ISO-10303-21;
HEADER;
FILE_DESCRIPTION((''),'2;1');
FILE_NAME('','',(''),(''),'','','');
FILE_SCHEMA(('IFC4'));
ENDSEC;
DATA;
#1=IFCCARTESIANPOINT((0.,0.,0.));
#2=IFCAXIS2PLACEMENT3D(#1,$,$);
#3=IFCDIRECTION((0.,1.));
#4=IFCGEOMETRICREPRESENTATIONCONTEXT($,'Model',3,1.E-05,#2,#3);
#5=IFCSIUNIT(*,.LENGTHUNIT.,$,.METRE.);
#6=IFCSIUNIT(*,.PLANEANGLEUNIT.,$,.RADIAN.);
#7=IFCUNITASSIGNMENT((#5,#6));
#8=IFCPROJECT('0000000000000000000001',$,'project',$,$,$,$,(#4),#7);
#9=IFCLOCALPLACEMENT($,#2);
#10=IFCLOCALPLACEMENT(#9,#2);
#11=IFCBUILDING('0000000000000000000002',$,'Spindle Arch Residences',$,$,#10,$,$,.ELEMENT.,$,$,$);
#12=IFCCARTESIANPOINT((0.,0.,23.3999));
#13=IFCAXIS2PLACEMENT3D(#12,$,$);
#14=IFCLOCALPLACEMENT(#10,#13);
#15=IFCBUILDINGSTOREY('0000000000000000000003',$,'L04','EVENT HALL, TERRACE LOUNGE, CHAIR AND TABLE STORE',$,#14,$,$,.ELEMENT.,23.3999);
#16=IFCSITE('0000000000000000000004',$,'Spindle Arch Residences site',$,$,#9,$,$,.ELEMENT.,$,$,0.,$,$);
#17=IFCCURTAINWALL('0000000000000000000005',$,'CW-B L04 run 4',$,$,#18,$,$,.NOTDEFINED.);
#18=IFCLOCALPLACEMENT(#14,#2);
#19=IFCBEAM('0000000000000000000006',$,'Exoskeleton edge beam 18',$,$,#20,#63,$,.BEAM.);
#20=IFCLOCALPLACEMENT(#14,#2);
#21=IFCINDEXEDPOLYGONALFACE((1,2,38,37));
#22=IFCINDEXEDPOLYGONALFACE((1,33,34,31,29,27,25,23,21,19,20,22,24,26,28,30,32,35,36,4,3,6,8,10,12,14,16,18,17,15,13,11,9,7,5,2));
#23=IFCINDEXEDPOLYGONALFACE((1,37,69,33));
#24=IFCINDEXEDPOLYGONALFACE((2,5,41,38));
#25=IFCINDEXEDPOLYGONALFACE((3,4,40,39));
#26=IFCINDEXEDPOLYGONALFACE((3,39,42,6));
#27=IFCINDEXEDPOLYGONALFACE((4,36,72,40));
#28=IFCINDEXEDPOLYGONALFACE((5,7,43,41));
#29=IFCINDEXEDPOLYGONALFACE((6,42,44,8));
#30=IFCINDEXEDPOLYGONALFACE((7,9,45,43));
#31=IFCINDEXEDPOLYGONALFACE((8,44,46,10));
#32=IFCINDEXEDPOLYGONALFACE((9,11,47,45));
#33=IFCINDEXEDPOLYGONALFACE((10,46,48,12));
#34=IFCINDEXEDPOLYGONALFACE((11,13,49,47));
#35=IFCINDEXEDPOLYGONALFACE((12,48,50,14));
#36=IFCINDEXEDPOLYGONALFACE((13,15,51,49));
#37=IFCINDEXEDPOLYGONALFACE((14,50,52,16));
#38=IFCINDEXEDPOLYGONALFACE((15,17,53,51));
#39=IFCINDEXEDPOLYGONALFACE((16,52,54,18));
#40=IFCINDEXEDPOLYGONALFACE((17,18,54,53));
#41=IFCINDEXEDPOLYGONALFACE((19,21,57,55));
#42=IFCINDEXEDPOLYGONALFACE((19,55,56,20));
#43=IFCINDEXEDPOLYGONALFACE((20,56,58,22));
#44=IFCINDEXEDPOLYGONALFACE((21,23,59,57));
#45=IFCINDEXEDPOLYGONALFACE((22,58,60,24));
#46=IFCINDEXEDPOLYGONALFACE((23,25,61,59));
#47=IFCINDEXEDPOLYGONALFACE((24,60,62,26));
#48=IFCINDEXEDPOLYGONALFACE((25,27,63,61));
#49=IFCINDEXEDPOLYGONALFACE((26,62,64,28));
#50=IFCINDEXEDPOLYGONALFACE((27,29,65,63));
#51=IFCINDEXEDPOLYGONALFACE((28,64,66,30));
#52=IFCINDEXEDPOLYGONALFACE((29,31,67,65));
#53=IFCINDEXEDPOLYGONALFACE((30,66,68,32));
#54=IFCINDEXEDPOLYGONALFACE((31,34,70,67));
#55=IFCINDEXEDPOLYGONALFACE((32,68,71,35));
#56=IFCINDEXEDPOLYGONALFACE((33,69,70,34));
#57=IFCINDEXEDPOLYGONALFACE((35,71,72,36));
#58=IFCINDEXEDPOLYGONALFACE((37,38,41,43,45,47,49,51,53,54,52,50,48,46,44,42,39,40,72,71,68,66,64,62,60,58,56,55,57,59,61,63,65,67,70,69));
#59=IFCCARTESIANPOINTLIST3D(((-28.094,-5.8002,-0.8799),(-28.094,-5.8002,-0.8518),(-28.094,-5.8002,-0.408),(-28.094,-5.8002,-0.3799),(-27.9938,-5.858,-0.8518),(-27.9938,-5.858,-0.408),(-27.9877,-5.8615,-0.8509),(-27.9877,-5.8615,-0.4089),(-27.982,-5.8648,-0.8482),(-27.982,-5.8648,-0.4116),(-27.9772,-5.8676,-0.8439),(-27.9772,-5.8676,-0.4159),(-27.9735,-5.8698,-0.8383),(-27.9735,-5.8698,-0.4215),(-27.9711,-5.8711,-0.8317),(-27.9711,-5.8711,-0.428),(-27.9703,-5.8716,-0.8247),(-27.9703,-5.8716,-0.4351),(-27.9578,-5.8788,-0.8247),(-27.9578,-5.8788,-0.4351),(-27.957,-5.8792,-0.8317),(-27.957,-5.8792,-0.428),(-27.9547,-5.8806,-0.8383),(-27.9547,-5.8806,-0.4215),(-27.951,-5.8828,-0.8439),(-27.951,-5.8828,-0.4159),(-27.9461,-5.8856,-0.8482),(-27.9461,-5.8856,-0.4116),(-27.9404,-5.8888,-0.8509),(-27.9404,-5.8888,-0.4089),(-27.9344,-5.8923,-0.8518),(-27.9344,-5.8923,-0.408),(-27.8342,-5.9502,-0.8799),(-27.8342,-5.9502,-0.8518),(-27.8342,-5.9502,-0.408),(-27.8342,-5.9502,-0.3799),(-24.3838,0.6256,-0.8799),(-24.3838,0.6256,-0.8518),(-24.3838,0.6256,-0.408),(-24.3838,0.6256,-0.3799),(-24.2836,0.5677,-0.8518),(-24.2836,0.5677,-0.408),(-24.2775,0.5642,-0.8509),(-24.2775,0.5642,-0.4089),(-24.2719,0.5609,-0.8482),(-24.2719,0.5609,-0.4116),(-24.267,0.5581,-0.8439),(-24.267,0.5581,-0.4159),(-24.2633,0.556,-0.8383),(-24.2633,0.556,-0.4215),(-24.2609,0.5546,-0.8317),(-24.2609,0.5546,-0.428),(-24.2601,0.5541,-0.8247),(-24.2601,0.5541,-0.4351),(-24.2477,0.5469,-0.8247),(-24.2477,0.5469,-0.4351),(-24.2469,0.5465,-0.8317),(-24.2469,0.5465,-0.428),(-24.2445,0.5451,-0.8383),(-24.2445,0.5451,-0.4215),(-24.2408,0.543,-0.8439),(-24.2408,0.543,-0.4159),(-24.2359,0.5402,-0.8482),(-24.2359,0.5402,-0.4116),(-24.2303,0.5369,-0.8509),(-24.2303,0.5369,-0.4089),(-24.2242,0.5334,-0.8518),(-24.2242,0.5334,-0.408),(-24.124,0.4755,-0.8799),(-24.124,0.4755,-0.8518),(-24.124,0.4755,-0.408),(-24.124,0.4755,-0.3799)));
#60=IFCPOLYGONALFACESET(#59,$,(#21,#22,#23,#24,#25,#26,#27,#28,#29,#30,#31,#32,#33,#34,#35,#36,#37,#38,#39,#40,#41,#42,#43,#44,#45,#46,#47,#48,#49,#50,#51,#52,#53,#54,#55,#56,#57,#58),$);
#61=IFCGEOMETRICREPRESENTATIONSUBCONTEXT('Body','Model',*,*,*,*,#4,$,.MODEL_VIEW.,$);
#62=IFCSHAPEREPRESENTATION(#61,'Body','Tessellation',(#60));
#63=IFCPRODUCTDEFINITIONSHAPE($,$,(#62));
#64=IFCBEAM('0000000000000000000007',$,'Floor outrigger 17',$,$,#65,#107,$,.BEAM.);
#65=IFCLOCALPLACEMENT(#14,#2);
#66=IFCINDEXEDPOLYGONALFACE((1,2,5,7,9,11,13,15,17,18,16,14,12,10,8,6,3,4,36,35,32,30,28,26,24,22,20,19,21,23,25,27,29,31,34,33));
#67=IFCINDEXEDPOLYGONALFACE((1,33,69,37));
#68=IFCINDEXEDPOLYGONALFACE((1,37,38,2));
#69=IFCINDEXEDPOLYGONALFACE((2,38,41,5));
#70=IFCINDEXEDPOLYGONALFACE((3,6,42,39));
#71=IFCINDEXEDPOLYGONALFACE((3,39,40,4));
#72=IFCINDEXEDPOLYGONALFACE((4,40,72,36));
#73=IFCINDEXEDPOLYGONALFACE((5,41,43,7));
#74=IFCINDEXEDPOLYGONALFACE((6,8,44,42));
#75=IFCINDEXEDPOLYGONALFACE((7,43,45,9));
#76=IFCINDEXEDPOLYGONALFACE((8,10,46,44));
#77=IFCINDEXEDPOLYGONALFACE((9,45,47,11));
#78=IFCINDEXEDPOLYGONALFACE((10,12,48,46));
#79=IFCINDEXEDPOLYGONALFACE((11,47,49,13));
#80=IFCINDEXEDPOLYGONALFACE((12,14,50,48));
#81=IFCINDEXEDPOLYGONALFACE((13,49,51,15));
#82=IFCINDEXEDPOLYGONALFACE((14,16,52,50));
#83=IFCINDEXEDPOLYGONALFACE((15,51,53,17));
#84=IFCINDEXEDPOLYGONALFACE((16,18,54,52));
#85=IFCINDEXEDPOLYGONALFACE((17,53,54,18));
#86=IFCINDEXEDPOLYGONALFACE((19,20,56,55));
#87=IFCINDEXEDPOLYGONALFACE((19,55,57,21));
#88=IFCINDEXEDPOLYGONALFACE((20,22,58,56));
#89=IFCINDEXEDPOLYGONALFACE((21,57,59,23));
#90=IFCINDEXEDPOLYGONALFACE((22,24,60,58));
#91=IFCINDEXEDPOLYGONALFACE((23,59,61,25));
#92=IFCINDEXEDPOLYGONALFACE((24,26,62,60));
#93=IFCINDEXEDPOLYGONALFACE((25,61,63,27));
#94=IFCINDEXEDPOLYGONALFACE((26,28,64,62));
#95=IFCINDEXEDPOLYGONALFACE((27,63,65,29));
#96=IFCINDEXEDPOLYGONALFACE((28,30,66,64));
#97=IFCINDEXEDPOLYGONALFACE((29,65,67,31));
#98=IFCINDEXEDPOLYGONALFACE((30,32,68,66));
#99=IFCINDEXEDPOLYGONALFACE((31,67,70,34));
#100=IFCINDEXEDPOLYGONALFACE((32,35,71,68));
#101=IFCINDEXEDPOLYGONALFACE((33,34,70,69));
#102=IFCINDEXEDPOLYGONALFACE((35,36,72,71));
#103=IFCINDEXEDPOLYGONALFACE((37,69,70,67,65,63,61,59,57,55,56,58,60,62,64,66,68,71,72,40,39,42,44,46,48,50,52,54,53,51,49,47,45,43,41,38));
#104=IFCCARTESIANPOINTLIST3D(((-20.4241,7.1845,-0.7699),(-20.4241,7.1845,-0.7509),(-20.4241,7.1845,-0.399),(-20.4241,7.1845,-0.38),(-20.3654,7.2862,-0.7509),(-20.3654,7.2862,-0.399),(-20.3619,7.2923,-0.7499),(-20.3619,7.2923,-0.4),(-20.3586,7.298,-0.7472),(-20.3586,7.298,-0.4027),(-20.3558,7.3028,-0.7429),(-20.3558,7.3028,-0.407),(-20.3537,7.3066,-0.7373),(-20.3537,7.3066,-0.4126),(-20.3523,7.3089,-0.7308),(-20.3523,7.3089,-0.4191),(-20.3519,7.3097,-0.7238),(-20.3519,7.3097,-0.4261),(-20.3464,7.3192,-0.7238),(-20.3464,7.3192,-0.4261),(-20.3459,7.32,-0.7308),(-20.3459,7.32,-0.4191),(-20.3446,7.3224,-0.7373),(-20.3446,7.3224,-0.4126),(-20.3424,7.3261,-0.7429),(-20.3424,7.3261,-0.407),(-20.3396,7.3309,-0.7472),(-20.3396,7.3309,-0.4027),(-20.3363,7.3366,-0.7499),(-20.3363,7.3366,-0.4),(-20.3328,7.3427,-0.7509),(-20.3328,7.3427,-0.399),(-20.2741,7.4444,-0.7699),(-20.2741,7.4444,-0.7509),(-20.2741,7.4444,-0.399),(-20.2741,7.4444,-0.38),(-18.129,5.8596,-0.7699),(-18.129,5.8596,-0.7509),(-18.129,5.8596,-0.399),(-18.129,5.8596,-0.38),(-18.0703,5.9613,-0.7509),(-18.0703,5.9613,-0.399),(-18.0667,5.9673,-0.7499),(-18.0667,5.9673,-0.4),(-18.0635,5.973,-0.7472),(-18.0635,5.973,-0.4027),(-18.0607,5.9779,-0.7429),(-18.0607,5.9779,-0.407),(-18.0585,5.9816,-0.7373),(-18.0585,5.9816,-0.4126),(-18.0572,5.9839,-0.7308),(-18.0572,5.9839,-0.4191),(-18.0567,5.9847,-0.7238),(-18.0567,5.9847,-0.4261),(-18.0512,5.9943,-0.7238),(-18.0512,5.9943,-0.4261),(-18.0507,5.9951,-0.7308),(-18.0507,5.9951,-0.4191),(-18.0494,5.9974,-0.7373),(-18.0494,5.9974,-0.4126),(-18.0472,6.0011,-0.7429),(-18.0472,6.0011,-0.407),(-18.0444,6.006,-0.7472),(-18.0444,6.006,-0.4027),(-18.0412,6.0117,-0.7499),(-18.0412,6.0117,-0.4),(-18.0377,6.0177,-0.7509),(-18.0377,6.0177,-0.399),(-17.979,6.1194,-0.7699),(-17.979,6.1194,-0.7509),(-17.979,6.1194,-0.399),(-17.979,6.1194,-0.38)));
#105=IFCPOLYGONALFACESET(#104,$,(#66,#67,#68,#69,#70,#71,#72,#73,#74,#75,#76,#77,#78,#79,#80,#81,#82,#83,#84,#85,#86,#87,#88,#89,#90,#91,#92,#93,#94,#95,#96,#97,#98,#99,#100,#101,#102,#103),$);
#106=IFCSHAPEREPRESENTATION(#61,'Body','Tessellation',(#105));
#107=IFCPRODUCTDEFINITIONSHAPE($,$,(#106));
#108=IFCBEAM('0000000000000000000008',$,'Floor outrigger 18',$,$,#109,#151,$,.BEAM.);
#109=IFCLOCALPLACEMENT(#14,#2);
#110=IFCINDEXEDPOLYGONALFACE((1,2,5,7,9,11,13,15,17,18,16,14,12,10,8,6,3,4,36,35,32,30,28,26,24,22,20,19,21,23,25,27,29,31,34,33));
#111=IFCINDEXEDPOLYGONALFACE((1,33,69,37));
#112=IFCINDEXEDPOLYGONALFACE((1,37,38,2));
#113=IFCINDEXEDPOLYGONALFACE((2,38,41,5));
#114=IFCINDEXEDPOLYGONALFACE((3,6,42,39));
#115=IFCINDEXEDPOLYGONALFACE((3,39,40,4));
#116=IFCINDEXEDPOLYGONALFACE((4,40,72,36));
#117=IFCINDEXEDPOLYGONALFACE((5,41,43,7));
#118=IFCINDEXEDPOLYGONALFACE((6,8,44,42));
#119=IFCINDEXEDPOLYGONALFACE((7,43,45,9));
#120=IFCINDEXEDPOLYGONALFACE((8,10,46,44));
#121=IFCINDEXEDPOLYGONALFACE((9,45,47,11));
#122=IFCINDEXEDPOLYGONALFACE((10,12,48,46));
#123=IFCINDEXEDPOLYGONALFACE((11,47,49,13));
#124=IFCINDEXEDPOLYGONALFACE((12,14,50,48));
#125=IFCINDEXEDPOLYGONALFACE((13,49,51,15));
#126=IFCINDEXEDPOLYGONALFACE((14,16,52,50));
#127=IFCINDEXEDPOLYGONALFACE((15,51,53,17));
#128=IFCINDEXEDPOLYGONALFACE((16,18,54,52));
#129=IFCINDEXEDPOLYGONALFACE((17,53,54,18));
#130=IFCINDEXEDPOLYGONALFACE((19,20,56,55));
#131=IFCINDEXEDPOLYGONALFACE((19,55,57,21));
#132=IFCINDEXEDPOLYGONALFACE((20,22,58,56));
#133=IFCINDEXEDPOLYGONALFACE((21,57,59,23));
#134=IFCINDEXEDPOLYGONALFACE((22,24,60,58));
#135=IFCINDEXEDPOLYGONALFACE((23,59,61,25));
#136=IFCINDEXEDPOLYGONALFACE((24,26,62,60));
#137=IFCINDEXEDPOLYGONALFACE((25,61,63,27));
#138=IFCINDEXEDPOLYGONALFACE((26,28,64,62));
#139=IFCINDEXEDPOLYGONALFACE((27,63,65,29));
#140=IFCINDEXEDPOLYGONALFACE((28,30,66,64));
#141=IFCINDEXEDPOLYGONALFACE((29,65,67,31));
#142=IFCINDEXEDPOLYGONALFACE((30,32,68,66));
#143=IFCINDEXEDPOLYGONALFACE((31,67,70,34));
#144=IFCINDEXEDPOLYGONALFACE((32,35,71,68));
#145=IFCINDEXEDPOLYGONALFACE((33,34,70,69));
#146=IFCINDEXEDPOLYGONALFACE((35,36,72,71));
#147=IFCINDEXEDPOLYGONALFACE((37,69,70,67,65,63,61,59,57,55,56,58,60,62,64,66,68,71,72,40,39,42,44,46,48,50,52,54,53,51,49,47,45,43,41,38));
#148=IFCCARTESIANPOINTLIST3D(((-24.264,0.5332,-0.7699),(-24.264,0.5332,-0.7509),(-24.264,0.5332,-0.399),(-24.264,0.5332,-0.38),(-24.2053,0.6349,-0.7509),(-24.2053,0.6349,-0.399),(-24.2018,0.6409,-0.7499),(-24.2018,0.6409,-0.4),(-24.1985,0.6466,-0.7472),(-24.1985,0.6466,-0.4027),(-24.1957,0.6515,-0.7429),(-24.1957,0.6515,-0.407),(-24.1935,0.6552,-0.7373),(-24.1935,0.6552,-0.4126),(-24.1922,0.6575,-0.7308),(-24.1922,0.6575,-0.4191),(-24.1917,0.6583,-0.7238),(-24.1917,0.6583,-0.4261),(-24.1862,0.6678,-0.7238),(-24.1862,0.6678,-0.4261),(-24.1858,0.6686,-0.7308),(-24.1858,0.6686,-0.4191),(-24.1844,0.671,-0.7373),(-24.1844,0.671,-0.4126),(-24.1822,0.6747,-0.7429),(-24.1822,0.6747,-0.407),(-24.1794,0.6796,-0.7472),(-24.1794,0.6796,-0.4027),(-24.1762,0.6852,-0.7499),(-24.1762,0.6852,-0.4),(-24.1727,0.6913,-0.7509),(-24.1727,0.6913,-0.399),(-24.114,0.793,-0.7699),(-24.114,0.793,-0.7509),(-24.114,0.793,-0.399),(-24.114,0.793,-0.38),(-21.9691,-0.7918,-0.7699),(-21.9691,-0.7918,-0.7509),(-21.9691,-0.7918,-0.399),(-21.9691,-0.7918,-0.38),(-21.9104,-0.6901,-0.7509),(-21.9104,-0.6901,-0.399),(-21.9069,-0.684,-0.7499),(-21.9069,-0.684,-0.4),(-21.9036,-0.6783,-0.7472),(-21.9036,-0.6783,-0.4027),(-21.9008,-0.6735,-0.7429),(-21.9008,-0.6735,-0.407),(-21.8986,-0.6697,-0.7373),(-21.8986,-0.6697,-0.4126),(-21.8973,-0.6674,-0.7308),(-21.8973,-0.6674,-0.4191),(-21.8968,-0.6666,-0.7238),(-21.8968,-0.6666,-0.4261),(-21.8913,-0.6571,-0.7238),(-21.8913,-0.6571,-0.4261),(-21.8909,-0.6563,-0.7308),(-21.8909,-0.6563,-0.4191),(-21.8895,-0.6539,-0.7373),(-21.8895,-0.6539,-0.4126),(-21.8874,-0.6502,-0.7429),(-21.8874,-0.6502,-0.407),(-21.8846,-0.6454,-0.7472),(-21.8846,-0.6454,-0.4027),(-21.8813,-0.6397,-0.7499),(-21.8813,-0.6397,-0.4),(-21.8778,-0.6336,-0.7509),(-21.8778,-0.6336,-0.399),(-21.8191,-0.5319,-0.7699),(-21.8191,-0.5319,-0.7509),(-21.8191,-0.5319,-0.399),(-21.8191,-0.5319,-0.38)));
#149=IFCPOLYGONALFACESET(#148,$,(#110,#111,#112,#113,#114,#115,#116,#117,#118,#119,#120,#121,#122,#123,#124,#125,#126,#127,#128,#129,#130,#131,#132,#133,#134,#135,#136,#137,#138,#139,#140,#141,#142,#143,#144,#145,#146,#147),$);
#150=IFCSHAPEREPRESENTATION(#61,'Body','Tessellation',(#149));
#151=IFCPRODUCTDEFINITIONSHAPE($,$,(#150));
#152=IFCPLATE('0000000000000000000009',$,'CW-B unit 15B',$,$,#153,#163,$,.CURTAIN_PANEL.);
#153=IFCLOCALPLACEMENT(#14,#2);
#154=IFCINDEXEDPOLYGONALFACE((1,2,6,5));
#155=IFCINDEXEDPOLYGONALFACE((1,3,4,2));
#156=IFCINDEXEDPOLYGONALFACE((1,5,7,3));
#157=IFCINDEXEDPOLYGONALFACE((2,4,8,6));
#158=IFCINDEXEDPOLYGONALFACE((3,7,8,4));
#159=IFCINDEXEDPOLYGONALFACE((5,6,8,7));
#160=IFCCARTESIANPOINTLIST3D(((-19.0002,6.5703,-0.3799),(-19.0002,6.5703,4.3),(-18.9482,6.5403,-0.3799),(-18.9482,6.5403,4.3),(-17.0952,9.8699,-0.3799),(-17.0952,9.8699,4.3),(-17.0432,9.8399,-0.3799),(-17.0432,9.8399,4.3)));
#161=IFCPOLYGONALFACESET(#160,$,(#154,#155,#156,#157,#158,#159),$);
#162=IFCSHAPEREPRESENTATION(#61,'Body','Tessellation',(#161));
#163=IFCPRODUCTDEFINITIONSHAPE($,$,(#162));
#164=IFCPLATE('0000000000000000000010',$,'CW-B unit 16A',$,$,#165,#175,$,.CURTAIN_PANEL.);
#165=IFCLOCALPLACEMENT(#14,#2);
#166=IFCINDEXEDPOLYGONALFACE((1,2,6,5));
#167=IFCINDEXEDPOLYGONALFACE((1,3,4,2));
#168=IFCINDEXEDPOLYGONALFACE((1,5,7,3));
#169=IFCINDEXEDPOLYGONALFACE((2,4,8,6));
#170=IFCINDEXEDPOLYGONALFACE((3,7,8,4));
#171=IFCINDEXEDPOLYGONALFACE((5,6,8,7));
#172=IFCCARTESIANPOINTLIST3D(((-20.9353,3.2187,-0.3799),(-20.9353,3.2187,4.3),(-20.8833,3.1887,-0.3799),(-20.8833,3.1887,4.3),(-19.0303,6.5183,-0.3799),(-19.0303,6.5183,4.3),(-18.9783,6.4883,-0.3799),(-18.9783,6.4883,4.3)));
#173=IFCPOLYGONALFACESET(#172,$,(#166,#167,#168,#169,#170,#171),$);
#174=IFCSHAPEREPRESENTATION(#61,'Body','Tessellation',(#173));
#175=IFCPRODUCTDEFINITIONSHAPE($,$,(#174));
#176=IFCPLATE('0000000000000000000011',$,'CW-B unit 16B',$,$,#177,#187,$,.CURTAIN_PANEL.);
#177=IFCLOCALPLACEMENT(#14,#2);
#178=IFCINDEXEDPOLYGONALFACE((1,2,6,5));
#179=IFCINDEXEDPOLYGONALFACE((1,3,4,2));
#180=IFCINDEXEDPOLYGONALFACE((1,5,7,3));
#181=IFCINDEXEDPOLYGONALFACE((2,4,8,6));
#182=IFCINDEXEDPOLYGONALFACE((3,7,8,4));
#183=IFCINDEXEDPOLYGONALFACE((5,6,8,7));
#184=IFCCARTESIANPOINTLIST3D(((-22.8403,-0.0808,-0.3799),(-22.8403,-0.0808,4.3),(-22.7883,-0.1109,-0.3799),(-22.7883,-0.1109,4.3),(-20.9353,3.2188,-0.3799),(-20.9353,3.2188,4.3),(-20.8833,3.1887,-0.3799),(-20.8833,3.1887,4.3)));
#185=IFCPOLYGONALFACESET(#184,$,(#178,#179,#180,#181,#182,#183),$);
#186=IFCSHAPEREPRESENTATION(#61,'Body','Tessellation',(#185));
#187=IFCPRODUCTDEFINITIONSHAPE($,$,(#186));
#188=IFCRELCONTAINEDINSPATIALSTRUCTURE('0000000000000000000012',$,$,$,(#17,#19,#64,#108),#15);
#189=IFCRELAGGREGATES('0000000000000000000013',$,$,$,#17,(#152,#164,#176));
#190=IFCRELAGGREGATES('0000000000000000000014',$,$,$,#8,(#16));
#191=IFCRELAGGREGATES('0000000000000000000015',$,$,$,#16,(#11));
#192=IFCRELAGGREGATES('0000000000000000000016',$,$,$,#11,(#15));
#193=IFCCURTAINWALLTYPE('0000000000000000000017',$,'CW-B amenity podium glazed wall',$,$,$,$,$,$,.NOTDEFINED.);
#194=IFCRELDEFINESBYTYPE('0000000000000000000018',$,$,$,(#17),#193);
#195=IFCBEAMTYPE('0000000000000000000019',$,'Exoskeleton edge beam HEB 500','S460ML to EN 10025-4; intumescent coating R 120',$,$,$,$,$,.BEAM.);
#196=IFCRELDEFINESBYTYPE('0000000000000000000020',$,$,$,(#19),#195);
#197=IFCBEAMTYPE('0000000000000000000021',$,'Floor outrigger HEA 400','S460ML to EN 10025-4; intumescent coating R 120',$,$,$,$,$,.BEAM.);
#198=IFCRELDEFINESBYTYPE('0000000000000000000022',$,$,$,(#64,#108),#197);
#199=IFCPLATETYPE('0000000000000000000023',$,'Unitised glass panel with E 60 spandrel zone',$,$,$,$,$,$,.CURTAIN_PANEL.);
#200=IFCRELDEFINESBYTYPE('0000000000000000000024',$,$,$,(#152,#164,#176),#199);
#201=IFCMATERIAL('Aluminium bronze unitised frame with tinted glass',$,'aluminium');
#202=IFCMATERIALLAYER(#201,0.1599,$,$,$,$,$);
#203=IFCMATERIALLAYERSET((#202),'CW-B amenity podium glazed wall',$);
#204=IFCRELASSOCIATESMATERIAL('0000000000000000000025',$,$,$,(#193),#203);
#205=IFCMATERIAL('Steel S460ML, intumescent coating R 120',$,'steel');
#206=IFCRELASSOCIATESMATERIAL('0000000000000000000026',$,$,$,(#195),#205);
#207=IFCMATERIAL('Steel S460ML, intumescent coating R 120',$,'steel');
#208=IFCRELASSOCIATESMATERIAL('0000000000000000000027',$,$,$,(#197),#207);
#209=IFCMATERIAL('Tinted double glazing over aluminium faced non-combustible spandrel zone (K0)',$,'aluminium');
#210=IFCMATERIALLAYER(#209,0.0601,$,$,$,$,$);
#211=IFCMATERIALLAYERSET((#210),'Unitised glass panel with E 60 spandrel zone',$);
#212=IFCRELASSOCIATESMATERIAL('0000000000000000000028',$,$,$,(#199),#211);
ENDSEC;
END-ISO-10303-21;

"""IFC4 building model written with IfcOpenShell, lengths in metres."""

from ifc_helpers import new_model, si_unit, direction, frame, origin, origin_2d, place, context, subcontext, project, spatial, rectangle, i_section, extrude, material, layer, layer_set, material_profile, profile_set, type_object, element, aggregate, save


model = new_model("IFC4")

# Units and contexts
model_context = context("Model", 3, precision=1e-05, world=origin(), true_north=direction((0.0, 1.0)))
body_context = subcontext(model_context, "Body", "Model", "MODEL_VIEW")
ifc_project = project(units=[si_unit("LENGTHUNIT", "METRE"), si_unit("PLANEANGLEUNIT", "RADIAN")], contexts=[model_context])

# Site, building, storey
site_placement = place(None, origin())
site = spatial("IfcSite", under=ifc_project, at=site_placement, Name="Spindle Arch Residences site", CompositionType="ELEMENT", RefElevation=0.0)
building_placement = place(site_placement, origin())
building = spatial("IfcBuilding", under=site, at=building_placement, Name="Spindle Arch Residences", CompositionType="ELEMENT")
storey_placement = place(building_placement, frame((0.0, 0.0, 23.3999)))
storey = spatial("IfcBuildingStorey", under=building, at=storey_placement, Name="L04", Description="EVENT HALL, TERRACE LOUNGE, CHAIR AND TABLE STORE", CompositionType="ELEMENT", Elevation=23.3999)

# Curtain wall
ifc_material_1 = material(Name="Aluminium bronze unitised frame with tinted glass", Category="aluminium")
ifc_layer_1 = layer(ifc_material_1, 0.1599)
ifc_layer_set_1 = layer_set([ifc_layer_1], Name="CW-B amenity podium glazed wall")
curtain_wall_type = type_object("IfcCurtainWallType", Name="CW-B amenity podium glazed wall", PredefinedType="NOTDEFINED", material=ifc_layer_set_1)
curtain_wall_placement = place(storey_placement, origin())
curtain_wall = element("IfcCurtainWall", 1, at=curtain_wall_placement, inside=storey, type_object=curtain_wall_type, Name="CW-B L04 run 4", PredefinedType="NOTDEFINED")

# Beams
ifc_material_2 = material(Name="Steel S460ML, intumescent coating R 120", Category="steel")
ifc_material_profile_1 = material_profile(ifc_material_2, i_section(OverallWidth=0.3, OverallDepth=0.5, WebThickness=0.0144, FlangeThickness=0.0281, FilletRadius=0.0271, at=origin_2d()), Name="HEB 500")
ifc_profile_set_1 = profile_set([ifc_material_profile_1], Name="Steel S460ML, intumescent coating R 120")
beam_type_1 = type_object("IfcBeamType", Name="Exoskeleton edge beam HEB 500", Description="S460ML to EN 10025-4; intumescent coating R 120", PredefinedType="BEAM", material=ifc_profile_set_1)
beam_1_placement = place(storey_placement, frame((-24.2539, 0.5505, -0.6299), z_axis=(-0.500028, -0.866009, 0.0), x_axis=(0.866009, -0.500028, 0.0)))
element("IfcBeam", 2, at=beam_1_placement, inside=storey, type_object=beam_type_1, Name="Exoskeleton edge beam 18", PredefinedType="BEAM", context=body_context, shape_type="SweptSolid", body=[
    extrude(i_section(OverallWidth=0.3, OverallDepth=0.5, WebThickness=0.0144, FlangeThickness=0.0281, FilletRadius=0.0271, at=origin_2d()), origin(), (0.0, 0.0, 1.0), 7.4199),
])
ifc_material_3 = material(Name="Steel S460ML, intumescent coating R 120", Category="steel")
ifc_material_profile_2 = material_profile(ifc_material_3, i_section(OverallWidth=0.3, OverallDepth=0.3899, WebThickness=0.011, FlangeThickness=0.019, FilletRadius=0.0271, at=origin_2d()), Name="HEA 400")
ifc_profile_set_2 = profile_set([ifc_material_profile_2], Name="Steel S460ML, intumescent coating R 120")
beam_type_2 = type_object("IfcBeamType", Name="Floor outrigger HEA 400", Description="S460ML to EN 10025-4; intumescent coating R 120", PredefinedType="BEAM", material=ifc_profile_set_2)
beam_2_placement = place(storey_placement, frame((-20.3491, 7.3145, -0.575), z_axis=(0.866052, -0.499954, 0.0), x_axis=(0.499954, 0.866052, 0.0)))
element("IfcBeam", 3, at=beam_2_placement, inside=storey, type_object=beam_type_2, Name="Floor outrigger 17", PredefinedType="BEAM", context=body_context, shape_type="SweptSolid", body=[
    extrude(i_section(OverallWidth=0.3, OverallDepth=0.3899, WebThickness=0.011, FlangeThickness=0.019, FilletRadius=0.0271, at=origin_2d()), origin(), (0.0, 0.0, 1.0), 2.6501),
])
beam_3_placement = place(storey_placement, frame((-24.189, 0.6631, -0.575), z_axis=(0.866029, -0.499994, 0.0), x_axis=(0.499994, 0.866029, 0.0)))
element("IfcBeam", 4, at=beam_3_placement, inside=storey, type_object=beam_type_2, Name="Floor outrigger 18", PredefinedType="BEAM", context=body_context, shape_type="SweptSolid", body=[
    extrude(i_section(OverallWidth=0.3, OverallDepth=0.3899, WebThickness=0.011, FlangeThickness=0.019, FilletRadius=0.0271, at=origin_2d()), origin(), (0.0, 0.0, 1.0), 2.6499),
])

# Plates
ifc_material_4 = material(Name="Tinted double glazing over aluminium faced non-combustible spandrel zone (K0)", Category="aluminium")
ifc_layer_2 = layer(ifc_material_4, 0.0601)
ifc_layer_set_2 = layer_set([ifc_layer_2], Name="Unitised glass panel with E 60 spandrel zone")
plate_type = type_object("IfcPlateType", Name="Unitised glass panel with E 60 spandrel zone", PredefinedType="CURTAIN_PANEL", material=ifc_layer_set_2)
plate_1_placement = place(storey_placement, frame((-18.0217, 8.2051, -0.3799), z_axis=(0.0, 0.0, 1.0), x_axis=(-0.5, -0.866025, 0.0)))
plate_1 = element("IfcPlate", 5, at=plate_1_placement, type_object=plate_type, Name="CW-B unit 15B", PredefinedType="CURTAIN_PANEL", context=body_context, shape_type="SweptSolid", body=[
    extrude(rectangle(XDim=3.8101, YDim=0.0601, at=origin_2d()), origin(), (0.0, 0.0, 1.0), 4.6799),
])
plate_2_placement = place(storey_placement, frame((-19.9568, 4.8535, -0.3799), z_axis=(0.0, 0.0, 1.0), x_axis=(-0.5, -0.866025, 0.0)))
plate_2 = element("IfcPlate", 6, at=plate_2_placement, type_object=plate_type, Name="CW-B unit 16A", PredefinedType="CURTAIN_PANEL", context=body_context, shape_type="SweptSolid", body=[
    extrude(rectangle(XDim=3.8101, YDim=0.0601, at=origin_2d()), origin(), (0.0, 0.0, 1.0), 4.6799),
])
plate_3_placement = place(storey_placement, frame((-21.8618, 1.554, -0.3799), z_axis=(0.0, 0.0, 1.0), x_axis=(-0.5, -0.866025, 0.0)))
plate_3 = element("IfcPlate", 7, at=plate_3_placement, type_object=plate_type, Name="CW-B unit 16B", PredefinedType="CURTAIN_PANEL", context=body_context, shape_type="SweptSolid", body=[
    extrude(rectangle(XDim=3.8101, YDim=0.0601, at=origin_2d()), origin(), (0.0, 0.0, 1.0), 4.6799),
])
aggregate(curtain_wall, [plate_1, plate_2, plate_3])

save(model, "model.ifc")
